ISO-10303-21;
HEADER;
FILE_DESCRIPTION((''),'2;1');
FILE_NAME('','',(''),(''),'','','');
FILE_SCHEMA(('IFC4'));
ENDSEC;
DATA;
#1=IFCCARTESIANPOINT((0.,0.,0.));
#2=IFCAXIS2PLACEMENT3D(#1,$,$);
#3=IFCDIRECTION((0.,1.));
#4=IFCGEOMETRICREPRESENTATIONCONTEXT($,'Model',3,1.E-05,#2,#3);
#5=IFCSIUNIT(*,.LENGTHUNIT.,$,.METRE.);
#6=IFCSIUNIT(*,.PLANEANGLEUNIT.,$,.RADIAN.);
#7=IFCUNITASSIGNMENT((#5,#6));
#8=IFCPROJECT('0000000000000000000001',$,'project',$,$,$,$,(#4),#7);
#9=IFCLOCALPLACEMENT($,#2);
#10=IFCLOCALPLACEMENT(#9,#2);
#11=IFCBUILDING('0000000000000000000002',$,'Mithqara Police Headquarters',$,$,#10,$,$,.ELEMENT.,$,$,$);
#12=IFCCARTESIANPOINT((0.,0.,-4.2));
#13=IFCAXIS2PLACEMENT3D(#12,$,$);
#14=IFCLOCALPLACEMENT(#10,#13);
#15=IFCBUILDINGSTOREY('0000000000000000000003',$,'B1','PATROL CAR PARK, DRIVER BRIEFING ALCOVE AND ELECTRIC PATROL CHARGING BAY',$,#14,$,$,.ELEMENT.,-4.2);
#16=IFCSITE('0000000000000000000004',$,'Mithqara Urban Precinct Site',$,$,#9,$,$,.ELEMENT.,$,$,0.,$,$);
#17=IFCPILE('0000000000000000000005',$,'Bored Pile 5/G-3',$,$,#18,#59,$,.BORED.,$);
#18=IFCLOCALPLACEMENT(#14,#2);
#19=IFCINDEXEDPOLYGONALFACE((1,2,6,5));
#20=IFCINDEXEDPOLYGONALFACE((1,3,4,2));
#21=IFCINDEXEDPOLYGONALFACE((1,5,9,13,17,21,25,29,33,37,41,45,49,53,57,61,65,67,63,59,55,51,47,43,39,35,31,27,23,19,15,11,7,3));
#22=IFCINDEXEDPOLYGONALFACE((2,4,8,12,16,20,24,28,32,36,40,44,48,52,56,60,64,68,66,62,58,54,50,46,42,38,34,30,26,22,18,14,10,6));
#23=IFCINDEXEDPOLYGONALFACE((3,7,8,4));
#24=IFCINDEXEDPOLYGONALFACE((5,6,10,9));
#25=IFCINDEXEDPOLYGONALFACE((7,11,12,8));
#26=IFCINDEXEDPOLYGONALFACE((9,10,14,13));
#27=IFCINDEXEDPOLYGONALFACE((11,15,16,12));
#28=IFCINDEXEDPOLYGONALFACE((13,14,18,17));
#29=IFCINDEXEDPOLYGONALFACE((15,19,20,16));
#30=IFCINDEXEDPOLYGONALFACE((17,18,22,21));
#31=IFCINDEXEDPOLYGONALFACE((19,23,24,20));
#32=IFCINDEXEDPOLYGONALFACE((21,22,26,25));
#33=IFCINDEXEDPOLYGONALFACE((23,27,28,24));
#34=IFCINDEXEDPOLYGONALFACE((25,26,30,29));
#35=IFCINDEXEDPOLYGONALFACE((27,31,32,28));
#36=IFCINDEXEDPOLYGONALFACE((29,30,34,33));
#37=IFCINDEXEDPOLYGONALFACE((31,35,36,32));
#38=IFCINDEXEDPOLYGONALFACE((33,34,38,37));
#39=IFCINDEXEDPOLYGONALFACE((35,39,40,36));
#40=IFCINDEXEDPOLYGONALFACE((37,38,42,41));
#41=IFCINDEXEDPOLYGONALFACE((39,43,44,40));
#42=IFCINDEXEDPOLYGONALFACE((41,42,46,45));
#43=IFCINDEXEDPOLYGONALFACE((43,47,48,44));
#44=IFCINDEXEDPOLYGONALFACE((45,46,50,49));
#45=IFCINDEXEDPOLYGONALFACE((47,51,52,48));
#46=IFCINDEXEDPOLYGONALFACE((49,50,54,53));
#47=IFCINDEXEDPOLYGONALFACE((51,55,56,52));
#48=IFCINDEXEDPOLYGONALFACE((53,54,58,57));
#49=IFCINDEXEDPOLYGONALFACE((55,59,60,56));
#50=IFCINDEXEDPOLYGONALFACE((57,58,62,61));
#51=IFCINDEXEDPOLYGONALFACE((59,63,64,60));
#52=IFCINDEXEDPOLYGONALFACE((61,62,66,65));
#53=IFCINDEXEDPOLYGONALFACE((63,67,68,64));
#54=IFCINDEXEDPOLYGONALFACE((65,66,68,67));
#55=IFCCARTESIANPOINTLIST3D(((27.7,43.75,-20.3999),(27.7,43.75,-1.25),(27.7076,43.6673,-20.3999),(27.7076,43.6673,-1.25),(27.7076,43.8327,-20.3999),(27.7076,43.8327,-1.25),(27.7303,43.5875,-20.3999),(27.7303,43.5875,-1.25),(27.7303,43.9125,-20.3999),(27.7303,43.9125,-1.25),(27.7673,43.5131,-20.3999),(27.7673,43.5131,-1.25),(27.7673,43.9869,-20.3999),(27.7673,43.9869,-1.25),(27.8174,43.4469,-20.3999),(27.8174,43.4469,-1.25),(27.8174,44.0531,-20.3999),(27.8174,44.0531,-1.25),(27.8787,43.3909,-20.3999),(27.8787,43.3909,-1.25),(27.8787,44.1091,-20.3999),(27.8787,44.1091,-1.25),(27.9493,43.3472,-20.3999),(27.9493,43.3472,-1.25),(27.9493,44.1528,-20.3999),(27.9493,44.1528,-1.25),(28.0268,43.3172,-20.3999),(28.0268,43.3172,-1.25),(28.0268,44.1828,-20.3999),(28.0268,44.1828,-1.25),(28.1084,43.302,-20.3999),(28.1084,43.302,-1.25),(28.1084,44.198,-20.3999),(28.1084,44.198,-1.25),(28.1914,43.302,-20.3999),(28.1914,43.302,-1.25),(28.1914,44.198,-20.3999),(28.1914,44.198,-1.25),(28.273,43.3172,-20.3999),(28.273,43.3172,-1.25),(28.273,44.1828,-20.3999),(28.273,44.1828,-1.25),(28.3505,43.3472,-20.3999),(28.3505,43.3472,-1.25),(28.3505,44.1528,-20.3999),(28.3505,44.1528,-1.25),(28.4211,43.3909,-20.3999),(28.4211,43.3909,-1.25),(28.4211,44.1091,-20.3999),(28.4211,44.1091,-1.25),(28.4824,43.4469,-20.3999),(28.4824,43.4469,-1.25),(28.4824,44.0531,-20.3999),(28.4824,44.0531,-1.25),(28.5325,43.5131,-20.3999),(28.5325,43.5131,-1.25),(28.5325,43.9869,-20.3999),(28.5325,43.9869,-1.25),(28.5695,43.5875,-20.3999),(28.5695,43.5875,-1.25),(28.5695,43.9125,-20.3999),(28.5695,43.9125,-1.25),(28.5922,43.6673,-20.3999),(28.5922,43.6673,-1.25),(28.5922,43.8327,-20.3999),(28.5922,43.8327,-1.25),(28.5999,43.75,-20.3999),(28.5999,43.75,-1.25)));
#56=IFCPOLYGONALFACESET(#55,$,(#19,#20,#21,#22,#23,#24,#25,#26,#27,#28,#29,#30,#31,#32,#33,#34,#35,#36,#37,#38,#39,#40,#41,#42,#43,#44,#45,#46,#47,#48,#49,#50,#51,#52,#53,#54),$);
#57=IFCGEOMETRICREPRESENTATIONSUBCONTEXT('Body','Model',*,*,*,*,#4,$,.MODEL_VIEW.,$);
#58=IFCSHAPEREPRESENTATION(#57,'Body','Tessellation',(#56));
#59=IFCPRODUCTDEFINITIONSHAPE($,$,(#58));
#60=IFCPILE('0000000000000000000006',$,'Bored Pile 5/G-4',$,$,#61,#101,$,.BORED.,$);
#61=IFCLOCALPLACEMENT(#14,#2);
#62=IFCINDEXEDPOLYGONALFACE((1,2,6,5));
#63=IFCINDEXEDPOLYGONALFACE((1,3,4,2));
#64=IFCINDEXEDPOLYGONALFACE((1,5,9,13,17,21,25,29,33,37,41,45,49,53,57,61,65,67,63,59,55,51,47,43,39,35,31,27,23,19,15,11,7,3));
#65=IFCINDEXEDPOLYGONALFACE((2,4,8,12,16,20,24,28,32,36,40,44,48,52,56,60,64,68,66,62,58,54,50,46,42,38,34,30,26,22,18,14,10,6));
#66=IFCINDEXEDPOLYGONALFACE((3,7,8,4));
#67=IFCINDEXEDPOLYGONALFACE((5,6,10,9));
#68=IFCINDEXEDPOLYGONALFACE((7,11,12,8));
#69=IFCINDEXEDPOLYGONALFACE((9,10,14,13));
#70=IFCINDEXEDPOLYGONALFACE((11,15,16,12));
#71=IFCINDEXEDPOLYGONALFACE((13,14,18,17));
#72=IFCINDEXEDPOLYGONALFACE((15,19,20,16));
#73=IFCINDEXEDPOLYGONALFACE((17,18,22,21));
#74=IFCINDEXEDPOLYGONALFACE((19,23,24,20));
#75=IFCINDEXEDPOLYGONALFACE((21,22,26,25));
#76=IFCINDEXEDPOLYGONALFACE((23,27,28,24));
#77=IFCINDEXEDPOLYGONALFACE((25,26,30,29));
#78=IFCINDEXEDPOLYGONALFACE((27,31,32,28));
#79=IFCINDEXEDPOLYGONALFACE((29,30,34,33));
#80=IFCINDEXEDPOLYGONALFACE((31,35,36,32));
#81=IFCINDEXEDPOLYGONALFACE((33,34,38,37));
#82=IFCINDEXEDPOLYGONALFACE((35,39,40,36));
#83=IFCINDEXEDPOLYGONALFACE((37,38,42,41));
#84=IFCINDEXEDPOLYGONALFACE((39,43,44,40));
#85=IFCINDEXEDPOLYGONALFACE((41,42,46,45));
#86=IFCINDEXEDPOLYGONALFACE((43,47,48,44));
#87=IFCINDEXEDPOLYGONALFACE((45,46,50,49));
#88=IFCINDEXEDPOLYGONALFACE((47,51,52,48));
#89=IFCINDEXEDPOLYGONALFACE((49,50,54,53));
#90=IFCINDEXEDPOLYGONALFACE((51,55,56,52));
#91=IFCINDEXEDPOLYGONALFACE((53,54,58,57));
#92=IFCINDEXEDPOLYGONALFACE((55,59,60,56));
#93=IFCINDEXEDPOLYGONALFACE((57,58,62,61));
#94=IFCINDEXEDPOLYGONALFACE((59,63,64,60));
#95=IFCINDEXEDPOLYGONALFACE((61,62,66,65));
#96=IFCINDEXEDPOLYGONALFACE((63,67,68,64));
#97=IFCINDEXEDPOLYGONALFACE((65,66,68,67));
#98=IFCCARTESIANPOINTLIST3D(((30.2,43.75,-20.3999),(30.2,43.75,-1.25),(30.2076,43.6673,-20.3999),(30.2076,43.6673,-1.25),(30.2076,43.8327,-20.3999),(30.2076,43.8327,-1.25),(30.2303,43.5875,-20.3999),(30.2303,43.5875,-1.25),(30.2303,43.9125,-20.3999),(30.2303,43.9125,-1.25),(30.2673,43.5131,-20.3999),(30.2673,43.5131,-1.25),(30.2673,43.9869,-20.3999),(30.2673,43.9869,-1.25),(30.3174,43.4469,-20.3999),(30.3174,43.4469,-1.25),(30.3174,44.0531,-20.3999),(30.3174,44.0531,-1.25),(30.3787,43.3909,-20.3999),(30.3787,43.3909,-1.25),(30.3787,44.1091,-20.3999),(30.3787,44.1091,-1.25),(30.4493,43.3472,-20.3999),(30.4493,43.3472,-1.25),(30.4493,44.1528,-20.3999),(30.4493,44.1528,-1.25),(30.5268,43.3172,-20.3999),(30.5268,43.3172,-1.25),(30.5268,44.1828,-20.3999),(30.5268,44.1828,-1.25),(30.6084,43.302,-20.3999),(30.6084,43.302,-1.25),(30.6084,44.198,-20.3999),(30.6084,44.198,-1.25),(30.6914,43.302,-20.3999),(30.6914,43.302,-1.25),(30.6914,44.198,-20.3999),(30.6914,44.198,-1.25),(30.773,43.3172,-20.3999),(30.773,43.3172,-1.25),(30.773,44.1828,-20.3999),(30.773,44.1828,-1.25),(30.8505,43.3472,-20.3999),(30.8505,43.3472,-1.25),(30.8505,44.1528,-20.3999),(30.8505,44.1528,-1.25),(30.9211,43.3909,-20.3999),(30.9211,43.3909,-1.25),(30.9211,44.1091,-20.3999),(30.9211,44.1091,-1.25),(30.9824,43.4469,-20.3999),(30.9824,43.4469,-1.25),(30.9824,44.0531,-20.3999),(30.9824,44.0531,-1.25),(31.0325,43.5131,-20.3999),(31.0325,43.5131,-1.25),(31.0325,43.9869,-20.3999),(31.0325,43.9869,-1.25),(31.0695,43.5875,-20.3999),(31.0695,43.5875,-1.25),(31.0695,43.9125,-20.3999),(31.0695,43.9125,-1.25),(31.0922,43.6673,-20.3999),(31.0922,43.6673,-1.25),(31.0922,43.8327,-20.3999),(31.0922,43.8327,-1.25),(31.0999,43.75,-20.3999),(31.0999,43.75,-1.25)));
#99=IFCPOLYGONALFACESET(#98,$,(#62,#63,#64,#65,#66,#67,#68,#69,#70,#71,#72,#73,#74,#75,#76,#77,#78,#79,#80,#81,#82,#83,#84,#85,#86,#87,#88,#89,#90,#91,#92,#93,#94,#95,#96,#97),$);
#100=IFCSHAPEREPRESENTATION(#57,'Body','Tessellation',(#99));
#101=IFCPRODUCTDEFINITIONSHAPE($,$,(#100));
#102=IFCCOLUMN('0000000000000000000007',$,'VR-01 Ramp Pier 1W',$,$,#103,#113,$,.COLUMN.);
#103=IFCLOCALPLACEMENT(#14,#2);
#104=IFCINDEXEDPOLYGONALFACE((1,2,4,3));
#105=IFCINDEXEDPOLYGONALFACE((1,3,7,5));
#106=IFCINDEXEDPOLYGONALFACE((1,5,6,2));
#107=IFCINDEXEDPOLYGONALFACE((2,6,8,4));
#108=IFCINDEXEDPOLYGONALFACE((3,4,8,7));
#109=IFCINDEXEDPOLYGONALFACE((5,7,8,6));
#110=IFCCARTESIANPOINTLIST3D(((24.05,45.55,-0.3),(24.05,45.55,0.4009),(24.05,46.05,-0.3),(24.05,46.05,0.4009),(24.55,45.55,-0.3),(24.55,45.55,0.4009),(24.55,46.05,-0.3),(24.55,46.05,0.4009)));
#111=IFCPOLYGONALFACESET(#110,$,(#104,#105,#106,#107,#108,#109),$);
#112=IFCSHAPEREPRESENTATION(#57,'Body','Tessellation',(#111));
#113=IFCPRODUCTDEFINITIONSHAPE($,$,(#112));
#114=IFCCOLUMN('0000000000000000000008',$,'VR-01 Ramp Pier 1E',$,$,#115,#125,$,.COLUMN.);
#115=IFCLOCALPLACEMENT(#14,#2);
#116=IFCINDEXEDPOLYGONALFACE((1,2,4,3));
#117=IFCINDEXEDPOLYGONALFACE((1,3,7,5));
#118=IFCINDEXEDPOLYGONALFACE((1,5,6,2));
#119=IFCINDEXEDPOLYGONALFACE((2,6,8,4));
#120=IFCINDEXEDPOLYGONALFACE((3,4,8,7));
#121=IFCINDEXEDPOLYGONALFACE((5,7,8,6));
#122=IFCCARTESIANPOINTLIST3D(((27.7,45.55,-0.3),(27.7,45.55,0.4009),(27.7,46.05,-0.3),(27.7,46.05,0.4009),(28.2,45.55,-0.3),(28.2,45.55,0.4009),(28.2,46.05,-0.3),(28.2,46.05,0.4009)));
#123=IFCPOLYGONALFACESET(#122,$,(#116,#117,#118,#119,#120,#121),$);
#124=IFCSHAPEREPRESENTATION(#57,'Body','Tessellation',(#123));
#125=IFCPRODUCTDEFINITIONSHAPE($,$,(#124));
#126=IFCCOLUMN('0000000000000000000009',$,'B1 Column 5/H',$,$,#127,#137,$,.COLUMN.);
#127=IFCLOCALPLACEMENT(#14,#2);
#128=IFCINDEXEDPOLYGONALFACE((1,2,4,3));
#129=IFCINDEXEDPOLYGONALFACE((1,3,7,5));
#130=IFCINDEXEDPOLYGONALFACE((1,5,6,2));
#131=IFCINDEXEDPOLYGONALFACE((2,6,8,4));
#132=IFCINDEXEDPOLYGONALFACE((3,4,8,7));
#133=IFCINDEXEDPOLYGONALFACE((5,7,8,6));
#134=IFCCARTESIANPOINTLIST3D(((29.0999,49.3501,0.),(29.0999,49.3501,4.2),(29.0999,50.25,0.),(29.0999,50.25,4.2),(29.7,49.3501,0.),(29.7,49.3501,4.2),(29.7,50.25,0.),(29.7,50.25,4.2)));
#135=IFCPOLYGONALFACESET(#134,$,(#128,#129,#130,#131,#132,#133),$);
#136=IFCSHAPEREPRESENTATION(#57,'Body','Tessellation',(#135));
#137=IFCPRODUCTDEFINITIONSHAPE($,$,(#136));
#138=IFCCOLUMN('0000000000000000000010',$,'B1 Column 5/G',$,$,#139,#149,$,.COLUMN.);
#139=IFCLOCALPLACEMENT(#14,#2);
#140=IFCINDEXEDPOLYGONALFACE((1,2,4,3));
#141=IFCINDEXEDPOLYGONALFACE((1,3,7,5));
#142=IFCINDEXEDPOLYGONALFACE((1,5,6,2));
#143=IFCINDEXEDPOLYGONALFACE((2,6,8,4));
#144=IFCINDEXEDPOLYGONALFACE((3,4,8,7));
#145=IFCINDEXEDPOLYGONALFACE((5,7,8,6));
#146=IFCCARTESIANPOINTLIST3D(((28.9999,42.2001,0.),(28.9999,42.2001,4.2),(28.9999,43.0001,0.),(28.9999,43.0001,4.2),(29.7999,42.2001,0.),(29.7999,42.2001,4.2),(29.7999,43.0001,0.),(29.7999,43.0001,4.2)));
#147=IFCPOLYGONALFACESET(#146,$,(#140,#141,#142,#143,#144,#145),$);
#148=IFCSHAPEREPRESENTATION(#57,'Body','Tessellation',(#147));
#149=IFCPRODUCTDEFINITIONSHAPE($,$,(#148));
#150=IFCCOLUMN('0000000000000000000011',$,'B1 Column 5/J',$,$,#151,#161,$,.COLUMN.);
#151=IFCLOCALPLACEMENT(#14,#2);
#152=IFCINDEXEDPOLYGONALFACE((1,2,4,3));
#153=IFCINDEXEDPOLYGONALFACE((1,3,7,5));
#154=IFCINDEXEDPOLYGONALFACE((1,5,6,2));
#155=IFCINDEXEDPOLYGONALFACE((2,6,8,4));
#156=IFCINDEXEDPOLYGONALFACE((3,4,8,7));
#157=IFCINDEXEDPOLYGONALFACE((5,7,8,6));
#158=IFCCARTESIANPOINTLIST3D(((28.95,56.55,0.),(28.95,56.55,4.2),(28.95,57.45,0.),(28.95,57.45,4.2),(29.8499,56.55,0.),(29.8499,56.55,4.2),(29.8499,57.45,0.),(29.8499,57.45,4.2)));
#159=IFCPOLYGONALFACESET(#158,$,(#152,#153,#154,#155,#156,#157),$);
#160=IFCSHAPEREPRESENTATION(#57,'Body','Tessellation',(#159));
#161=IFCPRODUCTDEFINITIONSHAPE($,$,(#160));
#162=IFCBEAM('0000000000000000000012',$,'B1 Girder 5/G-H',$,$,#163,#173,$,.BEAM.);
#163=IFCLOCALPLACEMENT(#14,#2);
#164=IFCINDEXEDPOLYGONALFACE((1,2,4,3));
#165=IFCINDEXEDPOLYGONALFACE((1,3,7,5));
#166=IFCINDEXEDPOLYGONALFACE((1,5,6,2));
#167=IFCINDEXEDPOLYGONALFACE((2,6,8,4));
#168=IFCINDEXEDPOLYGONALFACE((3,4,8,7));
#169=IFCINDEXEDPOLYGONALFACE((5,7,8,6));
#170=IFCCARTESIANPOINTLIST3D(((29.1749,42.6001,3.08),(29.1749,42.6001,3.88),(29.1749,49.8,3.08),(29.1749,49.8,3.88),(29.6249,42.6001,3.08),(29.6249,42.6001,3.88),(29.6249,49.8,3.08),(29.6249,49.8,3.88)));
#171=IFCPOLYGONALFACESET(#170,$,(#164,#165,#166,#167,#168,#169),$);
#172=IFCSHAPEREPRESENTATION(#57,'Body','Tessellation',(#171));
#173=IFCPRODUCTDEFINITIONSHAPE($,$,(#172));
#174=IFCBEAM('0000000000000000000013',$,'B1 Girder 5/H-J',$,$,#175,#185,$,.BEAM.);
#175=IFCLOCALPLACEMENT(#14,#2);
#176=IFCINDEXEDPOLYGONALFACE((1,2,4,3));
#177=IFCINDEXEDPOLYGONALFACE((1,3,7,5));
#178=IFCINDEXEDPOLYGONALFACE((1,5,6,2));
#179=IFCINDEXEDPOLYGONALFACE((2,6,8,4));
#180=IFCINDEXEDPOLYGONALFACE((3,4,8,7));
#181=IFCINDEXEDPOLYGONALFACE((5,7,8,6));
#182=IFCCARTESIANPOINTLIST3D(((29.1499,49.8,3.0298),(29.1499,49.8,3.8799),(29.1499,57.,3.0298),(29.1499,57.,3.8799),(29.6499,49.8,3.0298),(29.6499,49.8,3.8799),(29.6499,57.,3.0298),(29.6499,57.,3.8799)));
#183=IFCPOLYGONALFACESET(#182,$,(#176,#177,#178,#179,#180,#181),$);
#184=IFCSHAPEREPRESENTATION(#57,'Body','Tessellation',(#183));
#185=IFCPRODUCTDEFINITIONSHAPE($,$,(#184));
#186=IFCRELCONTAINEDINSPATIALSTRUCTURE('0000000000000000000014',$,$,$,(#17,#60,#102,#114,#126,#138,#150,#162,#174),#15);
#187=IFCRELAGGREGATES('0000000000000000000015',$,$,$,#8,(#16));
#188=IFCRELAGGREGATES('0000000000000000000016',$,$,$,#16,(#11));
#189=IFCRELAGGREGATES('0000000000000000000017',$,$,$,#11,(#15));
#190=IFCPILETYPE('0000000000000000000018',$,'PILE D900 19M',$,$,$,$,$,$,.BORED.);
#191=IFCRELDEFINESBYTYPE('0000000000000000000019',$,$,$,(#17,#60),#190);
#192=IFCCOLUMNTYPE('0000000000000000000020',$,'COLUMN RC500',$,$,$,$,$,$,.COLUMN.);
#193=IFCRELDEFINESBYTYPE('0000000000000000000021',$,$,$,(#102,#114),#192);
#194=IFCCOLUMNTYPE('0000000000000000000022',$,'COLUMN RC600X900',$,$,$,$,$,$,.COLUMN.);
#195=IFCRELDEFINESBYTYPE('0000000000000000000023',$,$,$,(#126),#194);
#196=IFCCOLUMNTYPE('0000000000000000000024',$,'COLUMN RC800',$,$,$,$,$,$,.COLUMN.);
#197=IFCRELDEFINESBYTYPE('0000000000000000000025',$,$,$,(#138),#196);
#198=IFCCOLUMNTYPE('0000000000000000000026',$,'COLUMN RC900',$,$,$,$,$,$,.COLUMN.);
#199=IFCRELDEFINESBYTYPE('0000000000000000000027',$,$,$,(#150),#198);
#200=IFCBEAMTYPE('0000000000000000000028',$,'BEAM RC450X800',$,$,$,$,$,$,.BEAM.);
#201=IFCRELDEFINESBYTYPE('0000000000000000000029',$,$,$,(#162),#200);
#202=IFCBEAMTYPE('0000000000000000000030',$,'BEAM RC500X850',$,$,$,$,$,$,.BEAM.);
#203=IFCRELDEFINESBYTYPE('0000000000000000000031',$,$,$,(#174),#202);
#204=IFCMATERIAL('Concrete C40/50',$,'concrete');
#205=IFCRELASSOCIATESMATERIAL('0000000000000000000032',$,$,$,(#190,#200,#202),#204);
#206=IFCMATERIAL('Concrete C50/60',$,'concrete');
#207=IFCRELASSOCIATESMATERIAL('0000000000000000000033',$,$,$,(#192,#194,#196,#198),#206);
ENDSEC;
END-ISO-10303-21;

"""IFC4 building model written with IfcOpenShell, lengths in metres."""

from ifc_helpers import new_model, si_unit, direction, frame, origin, origin_2d, place, context, subcontext, project, spatial, rectangle, circle, extrude, material, material_profile, profile_set, type_object, element, save


model = new_model("IFC4")

# Units and contexts
model_context = context("Model", 3, precision=1e-05, world=origin(), true_north=direction((0.0, 1.0)))
body_context = subcontext(model_context, "Body", "Model", "MODEL_VIEW")
ifc_project = project(units=[si_unit("LENGTHUNIT", "METRE"), si_unit("PLANEANGLEUNIT", "RADIAN")], contexts=[model_context])

# Site, building, storey
site_placement = place(None, origin())
site = spatial("IfcSite", under=ifc_project, at=site_placement, Name="Mithqara Urban Precinct Site", CompositionType="ELEMENT", RefElevation=0.0)
building_placement = place(site_placement, origin())
building = spatial("IfcBuilding", under=site, at=building_placement, Name="Mithqara Police Headquarters", CompositionType="ELEMENT")
storey_placement = place(building_placement, frame((0.0, 0.0, -4.2)))
storey = spatial("IfcBuildingStorey", under=building, at=storey_placement, Name="B1", Description="PATROL CAR PARK, DRIVER BRIEFING ALCOVE AND ELECTRIC PATROL CHARGING BAY", CompositionType="ELEMENT", Elevation=-4.2)

# Shared definitions
ifc_material_1 = material(Name="Concrete C40/50", Category="concrete")

# Piles
ifc_material_profile_1 = material_profile(ifc_material_1, circle(Radius=0.45, at=origin_2d()), Name="PILE D900")
ifc_profile_set_1 = profile_set([ifc_material_profile_1], Name="Concrete C40/50")
pile_type_1 = type_object("IfcPileType", Name="PILE D900 19M", PredefinedType="BORED", material=ifc_profile_set_1)
for number, where, z_axis, x_axis, name in (
    (1, (28.1499, 43.75, -1.25), (0.0, 0.0, -1.0), (1.0, 0.0, 0.0), "Bored Pile 5/G-3"),
    (2, (30.6499, 43.75, -1.25), (0.0, 0.0, -1.0), (1.0, 0.0, 0.0), "Bored Pile 5/G-4"),
):
    element("IfcPile", number, at=place(storey_placement, frame(where, z_axis=z_axis, x_axis=x_axis)), inside=storey, type_object=pile_type_1, Name=name, PredefinedType="BORED", context=body_context, shape_type="SweptSolid", body=[
        extrude(circle(Radius=0.45, at=origin_2d()), origin(), (0.0, 0.0, 1.0), 19.1499),
    ])

# Columns
ifc_material_2 = material(Name="Concrete C50/60", Category="concrete")
ifc_material_profile_2 = material_profile(ifc_material_2, rectangle(XDim=0.5, YDim=0.5, at=origin_2d()), Name="RC 500x500")
ifc_profile_set_2 = profile_set([ifc_material_profile_2], Name="Concrete C50/60")
column_type_1 = type_object("IfcColumnType", Name="COLUMN RC500", PredefinedType="COLUMN", material=ifc_profile_set_2)
for number, where, z_axis, x_axis, name in (
    (3, (24.3, 45.8, -0.3), (0.0, 0.0, 1.0), (1.0, 0.0, 0.0), "VR-01 Ramp Pier 1W"),
    (4, (27.95, 45.8, -0.3), (0.0, 0.0, 1.0), (1.0, 0.0, 0.0), "VR-01 Ramp Pier 1E"),
):
    element("IfcColumn", number, at=place(storey_placement, frame(where, z_axis=z_axis, x_axis=x_axis)), inside=storey, type_object=column_type_1, Name=name, PredefinedType="COLUMN", context=body_context, shape_type="SweptSolid", body=[
        extrude(rectangle(XDim=0.5, YDim=0.5, at=origin_2d()), origin(), (0.0, 0.0, 1.0), 0.7009),
    ])
ifc_material_profile_3 = material_profile(ifc_material_2, rectangle(XDim=0.6001, YDim=0.8999, at=origin_2d()), Name="RC 600x900")
ifc_profile_set_3 = profile_set([ifc_material_profile_3], Name="Concrete C50/60")
column_type_2 = type_object("IfcColumnType", Name="COLUMN RC600X900", PredefinedType="COLUMN", material=ifc_profile_set_3)
column_1_placement = place(storey_placement, frame((29.3999, 49.8, 0.0), z_axis=(0.0, 0.0, 1.0), x_axis=(1.0, 0.0, 0.0)))
element("IfcColumn", 5, at=column_1_placement, inside=storey, type_object=column_type_2, Name="B1 Column 5/H", PredefinedType="COLUMN", context=body_context, shape_type="SweptSolid", body=[
    extrude(rectangle(XDim=0.6001, YDim=0.8999, at=origin_2d()), origin(), (0.0, 0.0, 1.0), 4.2),
])
ifc_material_profile_4 = material_profile(ifc_material_2, rectangle(XDim=0.8, YDim=0.8, at=origin_2d()), Name="RC 800x800")
ifc_profile_set_4 = profile_set([ifc_material_profile_4], Name="Concrete C50/60")
column_type_3 = type_object("IfcColumnType", Name="COLUMN RC800", PredefinedType="COLUMN", material=ifc_profile_set_4)
column_2_placement = place(storey_placement, frame((29.3999, 42.6001, 0.0), z_axis=(0.0, 0.0, 1.0), x_axis=(1.0, 0.0, 0.0)))
element("IfcColumn", 6, at=column_2_placement, inside=storey, type_object=column_type_3, Name="B1 Column 5/G", PredefinedType="COLUMN", context=body_context, shape_type="SweptSolid", body=[
    extrude(rectangle(XDim=0.8, YDim=0.8, at=origin_2d()), origin(), (0.0, 0.0, 1.0), 4.2),
])
ifc_material_profile_5 = material_profile(ifc_material_2, rectangle(XDim=0.8999, YDim=0.8999, at=origin_2d()), Name="RC 900x900")
ifc_profile_set_5 = profile_set([ifc_material_profile_5], Name="Concrete C50/60")
column_type_4 = type_object("IfcColumnType", Name="COLUMN RC900", PredefinedType="COLUMN", material=ifc_profile_set_5)
column_3_placement = place(storey_placement, frame((29.3999, 57.0, 0.0), z_axis=(0.0, 0.0, 1.0), x_axis=(1.0, 0.0, 0.0)))
element("IfcColumn", 7, at=column_3_placement, inside=storey, type_object=column_type_4, Name="B1 Column 5/J", PredefinedType="COLUMN", context=body_context, shape_type="SweptSolid", body=[
    extrude(rectangle(XDim=0.8999, YDim=0.8999, at=origin_2d()), origin(), (0.0, 0.0, 1.0), 4.2),
])

# Beams
ifc_material_profile_6 = material_profile(ifc_material_1, rectangle(XDim=0.45, YDim=0.8, at=origin_2d()), Name="RC 450x800")
ifc_profile_set_6 = profile_set([ifc_material_profile_6], Name="Concrete C40/50")
beam_type_1 = type_object("IfcBeamType", Name="BEAM RC450X800", PredefinedType="BEAM", material=ifc_profile_set_6)
beam_1_placement = place(storey_placement, frame((29.3999, 42.6001, 3.48), z_axis=(0.0, 1.0, 0.0), x_axis=(-1.0, 0.0, 0.0)))
element("IfcBeam", 8, at=beam_1_placement, inside=storey, type_object=beam_type_1, Name="B1 Girder 5/G-H", PredefinedType="BEAM", context=body_context, shape_type="SweptSolid", body=[
    extrude(rectangle(XDim=0.45, YDim=0.8, at=origin_2d()), origin(), (0.0, 0.0, 1.0), 7.2),
])
ifc_material_profile_7 = material_profile(ifc_material_1, rectangle(XDim=0.5, YDim=0.8501, at=origin_2d()), Name="RC 500x850")
ifc_profile_set_7 = profile_set([ifc_material_profile_7], Name="Concrete C40/50")
beam_type_2 = type_object("IfcBeamType", Name="BEAM RC500X850", PredefinedType="BEAM", material=ifc_profile_set_7)
beam_2_placement = place(storey_placement, frame((29.3999, 49.8, 3.4548), z_axis=(0.0, 1.0, 0.0), x_axis=(-1.0, 0.0, 0.0)))
element("IfcBeam", 9, at=beam_2_placement, inside=storey, type_object=beam_type_2, Name="B1 Girder 5/H-J", PredefinedType="BEAM", context=body_context, shape_type="SweptSolid", body=[
    extrude(rectangle(XDim=0.5, YDim=0.8501, at=origin_2d()), origin(), (0.0, 0.0, 1.0), 7.2),
])

save(model, "model.ifc")
